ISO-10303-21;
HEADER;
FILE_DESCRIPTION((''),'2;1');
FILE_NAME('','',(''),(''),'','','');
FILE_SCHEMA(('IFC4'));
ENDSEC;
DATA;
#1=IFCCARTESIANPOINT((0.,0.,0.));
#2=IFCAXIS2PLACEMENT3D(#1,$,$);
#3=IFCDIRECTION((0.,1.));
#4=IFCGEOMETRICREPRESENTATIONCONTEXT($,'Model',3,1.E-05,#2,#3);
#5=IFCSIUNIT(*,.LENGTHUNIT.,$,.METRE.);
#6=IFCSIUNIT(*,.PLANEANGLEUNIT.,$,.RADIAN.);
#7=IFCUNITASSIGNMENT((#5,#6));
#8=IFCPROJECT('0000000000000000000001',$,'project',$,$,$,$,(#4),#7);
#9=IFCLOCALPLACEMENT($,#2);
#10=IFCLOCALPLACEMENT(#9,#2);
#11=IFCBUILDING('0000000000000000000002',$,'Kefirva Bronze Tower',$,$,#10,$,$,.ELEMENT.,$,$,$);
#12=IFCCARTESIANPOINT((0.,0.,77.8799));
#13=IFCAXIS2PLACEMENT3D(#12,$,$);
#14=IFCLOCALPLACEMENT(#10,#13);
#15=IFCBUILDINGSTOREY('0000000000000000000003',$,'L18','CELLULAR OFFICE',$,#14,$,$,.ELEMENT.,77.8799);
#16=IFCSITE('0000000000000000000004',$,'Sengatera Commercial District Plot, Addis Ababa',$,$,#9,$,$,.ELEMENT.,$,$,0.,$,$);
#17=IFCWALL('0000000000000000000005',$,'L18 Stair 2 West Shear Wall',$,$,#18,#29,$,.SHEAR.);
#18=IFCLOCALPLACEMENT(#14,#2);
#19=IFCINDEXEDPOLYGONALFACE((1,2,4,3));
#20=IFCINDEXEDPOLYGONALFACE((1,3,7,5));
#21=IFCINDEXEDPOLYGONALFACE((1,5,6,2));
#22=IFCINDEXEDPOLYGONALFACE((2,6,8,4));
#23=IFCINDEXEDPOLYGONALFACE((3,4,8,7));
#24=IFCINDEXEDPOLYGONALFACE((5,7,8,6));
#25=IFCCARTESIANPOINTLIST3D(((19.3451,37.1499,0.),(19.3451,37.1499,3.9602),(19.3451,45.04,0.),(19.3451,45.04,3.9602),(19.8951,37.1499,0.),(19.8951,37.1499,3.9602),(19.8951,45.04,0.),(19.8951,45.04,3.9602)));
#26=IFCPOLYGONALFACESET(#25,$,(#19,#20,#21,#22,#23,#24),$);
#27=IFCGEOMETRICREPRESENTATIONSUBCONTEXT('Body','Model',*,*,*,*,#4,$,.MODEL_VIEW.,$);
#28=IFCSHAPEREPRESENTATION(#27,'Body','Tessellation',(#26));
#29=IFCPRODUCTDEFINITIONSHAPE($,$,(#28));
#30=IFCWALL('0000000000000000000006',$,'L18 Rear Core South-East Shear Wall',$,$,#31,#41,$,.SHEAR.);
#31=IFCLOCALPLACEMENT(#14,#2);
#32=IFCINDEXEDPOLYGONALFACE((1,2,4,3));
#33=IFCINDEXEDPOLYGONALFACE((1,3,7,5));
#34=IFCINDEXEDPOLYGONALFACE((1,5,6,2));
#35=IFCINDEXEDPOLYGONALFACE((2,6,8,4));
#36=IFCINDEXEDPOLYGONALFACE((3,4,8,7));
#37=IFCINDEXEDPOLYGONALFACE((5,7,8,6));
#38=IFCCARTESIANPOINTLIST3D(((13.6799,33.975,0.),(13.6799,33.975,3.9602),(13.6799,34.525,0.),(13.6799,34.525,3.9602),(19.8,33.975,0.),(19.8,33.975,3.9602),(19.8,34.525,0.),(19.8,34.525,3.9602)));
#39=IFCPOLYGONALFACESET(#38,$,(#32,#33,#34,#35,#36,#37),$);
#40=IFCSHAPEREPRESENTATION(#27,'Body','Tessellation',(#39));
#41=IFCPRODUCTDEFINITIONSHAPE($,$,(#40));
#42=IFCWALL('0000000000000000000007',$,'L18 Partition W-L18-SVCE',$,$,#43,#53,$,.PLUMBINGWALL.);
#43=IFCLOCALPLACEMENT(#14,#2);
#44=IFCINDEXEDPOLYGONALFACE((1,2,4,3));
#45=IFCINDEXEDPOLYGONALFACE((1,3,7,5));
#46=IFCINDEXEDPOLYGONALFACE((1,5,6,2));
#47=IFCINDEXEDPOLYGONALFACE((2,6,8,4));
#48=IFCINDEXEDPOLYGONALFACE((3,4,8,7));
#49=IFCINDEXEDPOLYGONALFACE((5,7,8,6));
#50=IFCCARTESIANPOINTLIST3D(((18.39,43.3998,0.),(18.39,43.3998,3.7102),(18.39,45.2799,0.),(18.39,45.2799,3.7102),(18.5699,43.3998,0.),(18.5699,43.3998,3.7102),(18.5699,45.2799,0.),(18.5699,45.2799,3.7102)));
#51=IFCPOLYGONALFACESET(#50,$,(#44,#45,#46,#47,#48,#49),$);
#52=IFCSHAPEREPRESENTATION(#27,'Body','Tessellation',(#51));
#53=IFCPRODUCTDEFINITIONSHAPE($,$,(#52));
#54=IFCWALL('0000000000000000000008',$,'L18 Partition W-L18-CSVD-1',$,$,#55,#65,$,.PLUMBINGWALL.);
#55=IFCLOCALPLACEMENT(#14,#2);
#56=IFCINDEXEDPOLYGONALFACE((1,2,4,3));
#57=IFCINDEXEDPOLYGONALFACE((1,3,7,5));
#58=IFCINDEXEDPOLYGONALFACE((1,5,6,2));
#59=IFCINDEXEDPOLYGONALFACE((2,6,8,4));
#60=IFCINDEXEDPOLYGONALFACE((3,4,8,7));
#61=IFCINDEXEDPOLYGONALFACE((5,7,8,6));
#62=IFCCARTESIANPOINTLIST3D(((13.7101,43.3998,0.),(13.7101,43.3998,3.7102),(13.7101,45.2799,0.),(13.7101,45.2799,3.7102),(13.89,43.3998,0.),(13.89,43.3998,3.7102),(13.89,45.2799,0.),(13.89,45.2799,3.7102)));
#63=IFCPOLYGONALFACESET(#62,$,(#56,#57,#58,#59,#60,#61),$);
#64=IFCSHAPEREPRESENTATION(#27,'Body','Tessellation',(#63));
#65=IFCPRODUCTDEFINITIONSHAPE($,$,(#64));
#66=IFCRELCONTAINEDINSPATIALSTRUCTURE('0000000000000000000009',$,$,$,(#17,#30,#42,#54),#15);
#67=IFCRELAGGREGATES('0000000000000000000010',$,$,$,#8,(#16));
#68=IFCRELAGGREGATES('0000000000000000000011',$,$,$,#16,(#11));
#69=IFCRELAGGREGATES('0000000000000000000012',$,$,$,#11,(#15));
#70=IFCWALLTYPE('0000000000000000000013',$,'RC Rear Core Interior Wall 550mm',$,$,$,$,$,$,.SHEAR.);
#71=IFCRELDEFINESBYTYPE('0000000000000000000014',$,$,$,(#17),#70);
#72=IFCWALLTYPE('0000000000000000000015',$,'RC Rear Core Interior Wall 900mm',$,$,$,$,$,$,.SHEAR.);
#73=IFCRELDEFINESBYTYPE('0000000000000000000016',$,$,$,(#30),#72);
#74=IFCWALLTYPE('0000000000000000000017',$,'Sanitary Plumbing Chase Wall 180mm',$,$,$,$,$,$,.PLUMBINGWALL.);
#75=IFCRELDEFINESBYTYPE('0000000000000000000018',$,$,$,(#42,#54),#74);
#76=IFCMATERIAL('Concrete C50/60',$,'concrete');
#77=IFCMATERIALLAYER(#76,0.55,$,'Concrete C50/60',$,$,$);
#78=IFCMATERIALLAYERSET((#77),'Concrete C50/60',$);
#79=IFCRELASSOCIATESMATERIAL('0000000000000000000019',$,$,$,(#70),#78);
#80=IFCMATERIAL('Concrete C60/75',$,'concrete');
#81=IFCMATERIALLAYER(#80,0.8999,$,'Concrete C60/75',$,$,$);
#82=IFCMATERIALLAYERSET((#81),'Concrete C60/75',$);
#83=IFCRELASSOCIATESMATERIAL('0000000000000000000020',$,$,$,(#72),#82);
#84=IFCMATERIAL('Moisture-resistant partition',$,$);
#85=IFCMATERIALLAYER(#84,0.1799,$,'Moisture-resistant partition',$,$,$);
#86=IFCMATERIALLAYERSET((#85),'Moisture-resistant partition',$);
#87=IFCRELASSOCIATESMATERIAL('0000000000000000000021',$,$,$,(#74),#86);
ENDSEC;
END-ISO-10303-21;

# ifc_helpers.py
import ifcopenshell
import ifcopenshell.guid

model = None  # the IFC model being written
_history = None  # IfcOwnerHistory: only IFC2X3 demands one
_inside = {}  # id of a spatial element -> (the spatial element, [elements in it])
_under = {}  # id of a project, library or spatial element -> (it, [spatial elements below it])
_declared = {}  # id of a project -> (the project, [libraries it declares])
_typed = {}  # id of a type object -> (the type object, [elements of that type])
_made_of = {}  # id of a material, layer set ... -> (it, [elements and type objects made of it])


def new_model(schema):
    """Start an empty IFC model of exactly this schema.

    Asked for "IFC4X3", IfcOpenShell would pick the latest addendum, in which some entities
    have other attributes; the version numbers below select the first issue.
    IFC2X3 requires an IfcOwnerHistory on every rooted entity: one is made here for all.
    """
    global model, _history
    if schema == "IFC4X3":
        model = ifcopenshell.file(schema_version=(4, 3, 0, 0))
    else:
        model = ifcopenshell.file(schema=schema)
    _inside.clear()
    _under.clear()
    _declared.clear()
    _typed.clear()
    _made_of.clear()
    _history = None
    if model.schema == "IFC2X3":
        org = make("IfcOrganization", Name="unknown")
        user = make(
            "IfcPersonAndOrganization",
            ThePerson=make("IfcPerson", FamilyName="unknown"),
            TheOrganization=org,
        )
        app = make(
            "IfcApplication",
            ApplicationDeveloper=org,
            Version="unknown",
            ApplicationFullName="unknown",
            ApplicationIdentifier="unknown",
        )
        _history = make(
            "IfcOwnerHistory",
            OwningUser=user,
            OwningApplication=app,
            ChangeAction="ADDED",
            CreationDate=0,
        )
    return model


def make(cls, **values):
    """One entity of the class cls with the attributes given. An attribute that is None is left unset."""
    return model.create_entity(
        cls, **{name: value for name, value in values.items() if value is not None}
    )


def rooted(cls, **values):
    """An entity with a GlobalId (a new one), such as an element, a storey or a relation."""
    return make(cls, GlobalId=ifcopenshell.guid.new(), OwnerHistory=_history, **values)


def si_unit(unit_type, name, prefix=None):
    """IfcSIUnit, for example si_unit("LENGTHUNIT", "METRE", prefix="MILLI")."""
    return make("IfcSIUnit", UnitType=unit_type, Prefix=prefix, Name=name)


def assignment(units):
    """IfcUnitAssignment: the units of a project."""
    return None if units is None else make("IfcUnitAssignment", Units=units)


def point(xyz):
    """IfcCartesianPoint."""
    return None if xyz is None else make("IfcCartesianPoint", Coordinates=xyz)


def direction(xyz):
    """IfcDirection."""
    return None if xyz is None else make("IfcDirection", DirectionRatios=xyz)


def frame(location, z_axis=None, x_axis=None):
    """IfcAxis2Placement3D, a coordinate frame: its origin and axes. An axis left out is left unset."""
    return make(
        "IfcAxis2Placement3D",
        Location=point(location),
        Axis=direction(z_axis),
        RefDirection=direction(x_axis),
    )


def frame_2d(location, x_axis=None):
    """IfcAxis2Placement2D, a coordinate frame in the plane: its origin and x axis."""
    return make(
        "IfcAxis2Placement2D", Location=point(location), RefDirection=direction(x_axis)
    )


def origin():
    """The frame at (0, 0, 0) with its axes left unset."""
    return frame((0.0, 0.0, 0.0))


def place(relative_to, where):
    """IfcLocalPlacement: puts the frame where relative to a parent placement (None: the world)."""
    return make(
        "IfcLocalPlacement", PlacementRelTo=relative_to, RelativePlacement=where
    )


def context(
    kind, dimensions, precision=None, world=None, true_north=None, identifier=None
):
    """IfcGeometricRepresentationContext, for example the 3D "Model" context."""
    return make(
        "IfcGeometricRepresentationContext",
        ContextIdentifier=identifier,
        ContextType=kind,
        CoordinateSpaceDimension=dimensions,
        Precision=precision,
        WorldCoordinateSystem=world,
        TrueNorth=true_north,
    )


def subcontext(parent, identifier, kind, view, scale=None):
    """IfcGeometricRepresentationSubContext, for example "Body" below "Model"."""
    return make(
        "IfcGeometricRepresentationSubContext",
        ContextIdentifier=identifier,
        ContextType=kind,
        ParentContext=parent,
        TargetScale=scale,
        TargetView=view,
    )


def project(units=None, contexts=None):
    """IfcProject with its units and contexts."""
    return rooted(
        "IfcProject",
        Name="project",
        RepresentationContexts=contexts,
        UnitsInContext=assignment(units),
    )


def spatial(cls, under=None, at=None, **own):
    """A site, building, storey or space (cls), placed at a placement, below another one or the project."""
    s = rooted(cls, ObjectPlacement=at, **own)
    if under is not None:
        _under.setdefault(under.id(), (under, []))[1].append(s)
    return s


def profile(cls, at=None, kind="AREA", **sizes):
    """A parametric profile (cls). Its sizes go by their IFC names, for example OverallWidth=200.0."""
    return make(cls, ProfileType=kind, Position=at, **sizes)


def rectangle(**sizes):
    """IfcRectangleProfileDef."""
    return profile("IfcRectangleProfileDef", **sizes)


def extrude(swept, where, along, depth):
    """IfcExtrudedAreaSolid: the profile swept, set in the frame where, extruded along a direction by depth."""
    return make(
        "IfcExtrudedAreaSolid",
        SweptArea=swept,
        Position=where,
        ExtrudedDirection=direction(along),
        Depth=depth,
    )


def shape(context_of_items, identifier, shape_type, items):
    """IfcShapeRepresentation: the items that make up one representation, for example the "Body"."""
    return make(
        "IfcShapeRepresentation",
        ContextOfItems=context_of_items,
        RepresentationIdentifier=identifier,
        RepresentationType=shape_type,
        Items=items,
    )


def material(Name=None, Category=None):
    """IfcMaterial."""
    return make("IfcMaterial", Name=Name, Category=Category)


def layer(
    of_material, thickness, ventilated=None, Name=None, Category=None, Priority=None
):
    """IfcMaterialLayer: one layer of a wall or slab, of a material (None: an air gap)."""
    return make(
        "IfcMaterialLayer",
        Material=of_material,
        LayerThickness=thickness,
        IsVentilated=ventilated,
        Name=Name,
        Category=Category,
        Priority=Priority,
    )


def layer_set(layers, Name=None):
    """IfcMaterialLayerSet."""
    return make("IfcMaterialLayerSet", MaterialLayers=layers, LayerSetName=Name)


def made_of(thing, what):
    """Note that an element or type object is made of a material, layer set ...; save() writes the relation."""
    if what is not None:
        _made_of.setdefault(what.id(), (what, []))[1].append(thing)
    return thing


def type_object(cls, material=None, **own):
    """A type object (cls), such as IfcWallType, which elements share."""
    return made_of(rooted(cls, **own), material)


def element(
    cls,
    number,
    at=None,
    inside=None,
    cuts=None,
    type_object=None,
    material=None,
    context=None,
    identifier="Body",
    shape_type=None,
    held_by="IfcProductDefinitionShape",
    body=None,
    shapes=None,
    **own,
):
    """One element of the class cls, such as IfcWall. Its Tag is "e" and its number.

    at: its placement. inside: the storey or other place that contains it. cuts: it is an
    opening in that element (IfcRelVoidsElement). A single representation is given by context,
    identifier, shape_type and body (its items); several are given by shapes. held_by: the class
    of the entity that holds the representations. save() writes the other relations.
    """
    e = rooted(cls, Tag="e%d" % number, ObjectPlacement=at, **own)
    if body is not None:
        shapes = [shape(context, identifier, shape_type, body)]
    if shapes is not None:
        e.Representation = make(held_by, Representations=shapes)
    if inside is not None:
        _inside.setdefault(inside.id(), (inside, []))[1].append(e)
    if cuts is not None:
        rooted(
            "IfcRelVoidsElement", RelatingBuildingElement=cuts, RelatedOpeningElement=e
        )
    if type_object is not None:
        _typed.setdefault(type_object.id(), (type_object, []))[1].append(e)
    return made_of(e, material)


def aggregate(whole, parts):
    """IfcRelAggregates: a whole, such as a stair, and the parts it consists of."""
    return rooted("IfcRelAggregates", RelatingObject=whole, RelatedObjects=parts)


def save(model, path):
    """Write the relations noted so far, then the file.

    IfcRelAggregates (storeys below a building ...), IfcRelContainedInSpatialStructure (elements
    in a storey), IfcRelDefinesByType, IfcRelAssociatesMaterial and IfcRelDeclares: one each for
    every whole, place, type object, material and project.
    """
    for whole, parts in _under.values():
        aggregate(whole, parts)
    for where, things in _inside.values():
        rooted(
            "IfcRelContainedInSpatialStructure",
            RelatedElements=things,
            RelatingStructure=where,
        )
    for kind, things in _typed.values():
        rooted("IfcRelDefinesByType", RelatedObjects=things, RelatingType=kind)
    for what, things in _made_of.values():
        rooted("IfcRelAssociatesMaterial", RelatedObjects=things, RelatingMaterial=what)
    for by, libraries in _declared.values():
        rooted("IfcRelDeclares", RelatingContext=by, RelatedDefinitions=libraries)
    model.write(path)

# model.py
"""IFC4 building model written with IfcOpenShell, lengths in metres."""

from ifc_helpers import new_model, si_unit, direction, frame, frame_2d, origin, place, context, subcontext, project, spatial, rectangle, extrude, material, layer, layer_set, type_object, element, save


model = new_model("IFC4")

# Units and contexts
model_context = context("Model", 3, precision=1e-05, world=origin(), true_north=direction((0.0, 1.0)))
body_context = subcontext(model_context, "Body", "Model", "MODEL_VIEW")
ifc_project = project(units=[si_unit("LENGTHUNIT", "METRE"), si_unit("PLANEANGLEUNIT", "RADIAN")], contexts=[model_context])

# Site, building, storey
site_placement = place(None, origin())
site = spatial("IfcSite", under=ifc_project, at=site_placement, Name="Sengatera Commercial District Plot, Addis Ababa", CompositionType="ELEMENT", RefElevation=0.0)
building_placement = place(site_placement, origin())
building = spatial("IfcBuilding", under=site, at=building_placement, Name="Kefirva Bronze Tower", CompositionType="ELEMENT")
storey_placement = place(building_placement, frame((0.0, 0.0, 77.8799)))
storey = spatial("IfcBuildingStorey", under=building, at=storey_placement, Name="L18", Description="CELLULAR OFFICE", CompositionType="ELEMENT", Elevation=77.8799)

# Shared definitions
ifc_material_1 = material(Name="Concrete C50/60", Category="concrete")

# Walls
ifc_layer_1 = layer(ifc_material_1, 0.55, Name="Concrete C50/60")
ifc_layer_set_1 = layer_set([ifc_layer_1], Name="Concrete C50/60")
wall_type_1 = type_object("IfcWallType", Name="RC Rear Core Interior Wall 550mm", PredefinedType="SHEAR", material=ifc_layer_set_1)
wall_1_placement = place(storey_placement, frame((19.6201, 37.1499, 0.0), z_axis=(0.0, 0.0, 1.0), x_axis=(0.0, 1.0, 0.0)))
element("IfcWall", 1, at=wall_1_placement, inside=storey, type_object=wall_type_1, Name="L18 Stair 2 West Shear Wall", PredefinedType="SHEAR", context=body_context, shape_type="SweptSolid", body=[
    extrude(rectangle(XDim=7.8901, YDim=0.55, at=frame_2d((3.9451, 0.0))), origin(), (0.0, 0.0, 1.0), 3.9602),
])
ifc_material_2 = material(Name="Concrete C60/75", Category="concrete")
ifc_layer_2 = layer(ifc_material_2, 0.8999, Name="Concrete C60/75")
ifc_layer_set_2 = layer_set([ifc_layer_2], Name="Concrete C60/75")
wall_type_2 = type_object("IfcWallType", Name="RC Rear Core Interior Wall 900mm", PredefinedType="SHEAR", material=ifc_layer_set_2)
wall_2_placement = place(storey_placement, frame((13.6799, 34.25, 0.0), z_axis=(0.0, 0.0, 1.0), x_axis=(1.0, 0.0, 0.0)))
element("IfcWall", 2, at=wall_2_placement, inside=storey, type_object=wall_type_2, Name="L18 Rear Core South-East Shear Wall", PredefinedType="SHEAR", context=body_context, shape_type="SweptSolid", body=[
    extrude(rectangle(XDim=6.1201, YDim=0.55, at=frame_2d((3.0601, 0.0))), origin(), (0.0, 0.0, 1.0), 3.9602),
])
ifc_material_3 = material(Name="Moisture-resistant partition")
ifc_layer_3 = layer(ifc_material_3, 0.1799, Name="Moisture-resistant partition")
ifc_layer_set_3 = layer_set([ifc_layer_3], Name="Moisture-resistant partition")
wall_type_3 = type_object("IfcWallType", Name="Sanitary Plumbing Chase Wall 180mm", PredefinedType="PLUMBINGWALL", material=ifc_layer_set_3)
for number, where, z_axis, x_axis, name in (
    (3, (18.48, 43.3999, 0.0), (0.0, 0.0, 1.0), (0.0, 1.0, 0.0), "L18 Partition W-L18-SVCE"),
    (4, (13.8, 43.3999, 0.0), (0.0, 0.0, 1.0), (0.0, 1.0, 0.0), "L18 Partition W-L18-CSVD-1"),
):
    element("IfcWall", number, at=place(storey_placement, frame(where, z_axis=z_axis, x_axis=x_axis)), inside=storey, type_object=wall_type_3, Name=name, PredefinedType="PLUMBINGWALL", context=body_context, shape_type="SweptSolid", body=[
        extrude(rectangle(XDim=1.8801, YDim=0.1799, at=frame_2d((0.9399, 0.0))), origin(), (0.0, 0.0, 1.0), 3.7102),
    ])

save(model, "model.ifc")
